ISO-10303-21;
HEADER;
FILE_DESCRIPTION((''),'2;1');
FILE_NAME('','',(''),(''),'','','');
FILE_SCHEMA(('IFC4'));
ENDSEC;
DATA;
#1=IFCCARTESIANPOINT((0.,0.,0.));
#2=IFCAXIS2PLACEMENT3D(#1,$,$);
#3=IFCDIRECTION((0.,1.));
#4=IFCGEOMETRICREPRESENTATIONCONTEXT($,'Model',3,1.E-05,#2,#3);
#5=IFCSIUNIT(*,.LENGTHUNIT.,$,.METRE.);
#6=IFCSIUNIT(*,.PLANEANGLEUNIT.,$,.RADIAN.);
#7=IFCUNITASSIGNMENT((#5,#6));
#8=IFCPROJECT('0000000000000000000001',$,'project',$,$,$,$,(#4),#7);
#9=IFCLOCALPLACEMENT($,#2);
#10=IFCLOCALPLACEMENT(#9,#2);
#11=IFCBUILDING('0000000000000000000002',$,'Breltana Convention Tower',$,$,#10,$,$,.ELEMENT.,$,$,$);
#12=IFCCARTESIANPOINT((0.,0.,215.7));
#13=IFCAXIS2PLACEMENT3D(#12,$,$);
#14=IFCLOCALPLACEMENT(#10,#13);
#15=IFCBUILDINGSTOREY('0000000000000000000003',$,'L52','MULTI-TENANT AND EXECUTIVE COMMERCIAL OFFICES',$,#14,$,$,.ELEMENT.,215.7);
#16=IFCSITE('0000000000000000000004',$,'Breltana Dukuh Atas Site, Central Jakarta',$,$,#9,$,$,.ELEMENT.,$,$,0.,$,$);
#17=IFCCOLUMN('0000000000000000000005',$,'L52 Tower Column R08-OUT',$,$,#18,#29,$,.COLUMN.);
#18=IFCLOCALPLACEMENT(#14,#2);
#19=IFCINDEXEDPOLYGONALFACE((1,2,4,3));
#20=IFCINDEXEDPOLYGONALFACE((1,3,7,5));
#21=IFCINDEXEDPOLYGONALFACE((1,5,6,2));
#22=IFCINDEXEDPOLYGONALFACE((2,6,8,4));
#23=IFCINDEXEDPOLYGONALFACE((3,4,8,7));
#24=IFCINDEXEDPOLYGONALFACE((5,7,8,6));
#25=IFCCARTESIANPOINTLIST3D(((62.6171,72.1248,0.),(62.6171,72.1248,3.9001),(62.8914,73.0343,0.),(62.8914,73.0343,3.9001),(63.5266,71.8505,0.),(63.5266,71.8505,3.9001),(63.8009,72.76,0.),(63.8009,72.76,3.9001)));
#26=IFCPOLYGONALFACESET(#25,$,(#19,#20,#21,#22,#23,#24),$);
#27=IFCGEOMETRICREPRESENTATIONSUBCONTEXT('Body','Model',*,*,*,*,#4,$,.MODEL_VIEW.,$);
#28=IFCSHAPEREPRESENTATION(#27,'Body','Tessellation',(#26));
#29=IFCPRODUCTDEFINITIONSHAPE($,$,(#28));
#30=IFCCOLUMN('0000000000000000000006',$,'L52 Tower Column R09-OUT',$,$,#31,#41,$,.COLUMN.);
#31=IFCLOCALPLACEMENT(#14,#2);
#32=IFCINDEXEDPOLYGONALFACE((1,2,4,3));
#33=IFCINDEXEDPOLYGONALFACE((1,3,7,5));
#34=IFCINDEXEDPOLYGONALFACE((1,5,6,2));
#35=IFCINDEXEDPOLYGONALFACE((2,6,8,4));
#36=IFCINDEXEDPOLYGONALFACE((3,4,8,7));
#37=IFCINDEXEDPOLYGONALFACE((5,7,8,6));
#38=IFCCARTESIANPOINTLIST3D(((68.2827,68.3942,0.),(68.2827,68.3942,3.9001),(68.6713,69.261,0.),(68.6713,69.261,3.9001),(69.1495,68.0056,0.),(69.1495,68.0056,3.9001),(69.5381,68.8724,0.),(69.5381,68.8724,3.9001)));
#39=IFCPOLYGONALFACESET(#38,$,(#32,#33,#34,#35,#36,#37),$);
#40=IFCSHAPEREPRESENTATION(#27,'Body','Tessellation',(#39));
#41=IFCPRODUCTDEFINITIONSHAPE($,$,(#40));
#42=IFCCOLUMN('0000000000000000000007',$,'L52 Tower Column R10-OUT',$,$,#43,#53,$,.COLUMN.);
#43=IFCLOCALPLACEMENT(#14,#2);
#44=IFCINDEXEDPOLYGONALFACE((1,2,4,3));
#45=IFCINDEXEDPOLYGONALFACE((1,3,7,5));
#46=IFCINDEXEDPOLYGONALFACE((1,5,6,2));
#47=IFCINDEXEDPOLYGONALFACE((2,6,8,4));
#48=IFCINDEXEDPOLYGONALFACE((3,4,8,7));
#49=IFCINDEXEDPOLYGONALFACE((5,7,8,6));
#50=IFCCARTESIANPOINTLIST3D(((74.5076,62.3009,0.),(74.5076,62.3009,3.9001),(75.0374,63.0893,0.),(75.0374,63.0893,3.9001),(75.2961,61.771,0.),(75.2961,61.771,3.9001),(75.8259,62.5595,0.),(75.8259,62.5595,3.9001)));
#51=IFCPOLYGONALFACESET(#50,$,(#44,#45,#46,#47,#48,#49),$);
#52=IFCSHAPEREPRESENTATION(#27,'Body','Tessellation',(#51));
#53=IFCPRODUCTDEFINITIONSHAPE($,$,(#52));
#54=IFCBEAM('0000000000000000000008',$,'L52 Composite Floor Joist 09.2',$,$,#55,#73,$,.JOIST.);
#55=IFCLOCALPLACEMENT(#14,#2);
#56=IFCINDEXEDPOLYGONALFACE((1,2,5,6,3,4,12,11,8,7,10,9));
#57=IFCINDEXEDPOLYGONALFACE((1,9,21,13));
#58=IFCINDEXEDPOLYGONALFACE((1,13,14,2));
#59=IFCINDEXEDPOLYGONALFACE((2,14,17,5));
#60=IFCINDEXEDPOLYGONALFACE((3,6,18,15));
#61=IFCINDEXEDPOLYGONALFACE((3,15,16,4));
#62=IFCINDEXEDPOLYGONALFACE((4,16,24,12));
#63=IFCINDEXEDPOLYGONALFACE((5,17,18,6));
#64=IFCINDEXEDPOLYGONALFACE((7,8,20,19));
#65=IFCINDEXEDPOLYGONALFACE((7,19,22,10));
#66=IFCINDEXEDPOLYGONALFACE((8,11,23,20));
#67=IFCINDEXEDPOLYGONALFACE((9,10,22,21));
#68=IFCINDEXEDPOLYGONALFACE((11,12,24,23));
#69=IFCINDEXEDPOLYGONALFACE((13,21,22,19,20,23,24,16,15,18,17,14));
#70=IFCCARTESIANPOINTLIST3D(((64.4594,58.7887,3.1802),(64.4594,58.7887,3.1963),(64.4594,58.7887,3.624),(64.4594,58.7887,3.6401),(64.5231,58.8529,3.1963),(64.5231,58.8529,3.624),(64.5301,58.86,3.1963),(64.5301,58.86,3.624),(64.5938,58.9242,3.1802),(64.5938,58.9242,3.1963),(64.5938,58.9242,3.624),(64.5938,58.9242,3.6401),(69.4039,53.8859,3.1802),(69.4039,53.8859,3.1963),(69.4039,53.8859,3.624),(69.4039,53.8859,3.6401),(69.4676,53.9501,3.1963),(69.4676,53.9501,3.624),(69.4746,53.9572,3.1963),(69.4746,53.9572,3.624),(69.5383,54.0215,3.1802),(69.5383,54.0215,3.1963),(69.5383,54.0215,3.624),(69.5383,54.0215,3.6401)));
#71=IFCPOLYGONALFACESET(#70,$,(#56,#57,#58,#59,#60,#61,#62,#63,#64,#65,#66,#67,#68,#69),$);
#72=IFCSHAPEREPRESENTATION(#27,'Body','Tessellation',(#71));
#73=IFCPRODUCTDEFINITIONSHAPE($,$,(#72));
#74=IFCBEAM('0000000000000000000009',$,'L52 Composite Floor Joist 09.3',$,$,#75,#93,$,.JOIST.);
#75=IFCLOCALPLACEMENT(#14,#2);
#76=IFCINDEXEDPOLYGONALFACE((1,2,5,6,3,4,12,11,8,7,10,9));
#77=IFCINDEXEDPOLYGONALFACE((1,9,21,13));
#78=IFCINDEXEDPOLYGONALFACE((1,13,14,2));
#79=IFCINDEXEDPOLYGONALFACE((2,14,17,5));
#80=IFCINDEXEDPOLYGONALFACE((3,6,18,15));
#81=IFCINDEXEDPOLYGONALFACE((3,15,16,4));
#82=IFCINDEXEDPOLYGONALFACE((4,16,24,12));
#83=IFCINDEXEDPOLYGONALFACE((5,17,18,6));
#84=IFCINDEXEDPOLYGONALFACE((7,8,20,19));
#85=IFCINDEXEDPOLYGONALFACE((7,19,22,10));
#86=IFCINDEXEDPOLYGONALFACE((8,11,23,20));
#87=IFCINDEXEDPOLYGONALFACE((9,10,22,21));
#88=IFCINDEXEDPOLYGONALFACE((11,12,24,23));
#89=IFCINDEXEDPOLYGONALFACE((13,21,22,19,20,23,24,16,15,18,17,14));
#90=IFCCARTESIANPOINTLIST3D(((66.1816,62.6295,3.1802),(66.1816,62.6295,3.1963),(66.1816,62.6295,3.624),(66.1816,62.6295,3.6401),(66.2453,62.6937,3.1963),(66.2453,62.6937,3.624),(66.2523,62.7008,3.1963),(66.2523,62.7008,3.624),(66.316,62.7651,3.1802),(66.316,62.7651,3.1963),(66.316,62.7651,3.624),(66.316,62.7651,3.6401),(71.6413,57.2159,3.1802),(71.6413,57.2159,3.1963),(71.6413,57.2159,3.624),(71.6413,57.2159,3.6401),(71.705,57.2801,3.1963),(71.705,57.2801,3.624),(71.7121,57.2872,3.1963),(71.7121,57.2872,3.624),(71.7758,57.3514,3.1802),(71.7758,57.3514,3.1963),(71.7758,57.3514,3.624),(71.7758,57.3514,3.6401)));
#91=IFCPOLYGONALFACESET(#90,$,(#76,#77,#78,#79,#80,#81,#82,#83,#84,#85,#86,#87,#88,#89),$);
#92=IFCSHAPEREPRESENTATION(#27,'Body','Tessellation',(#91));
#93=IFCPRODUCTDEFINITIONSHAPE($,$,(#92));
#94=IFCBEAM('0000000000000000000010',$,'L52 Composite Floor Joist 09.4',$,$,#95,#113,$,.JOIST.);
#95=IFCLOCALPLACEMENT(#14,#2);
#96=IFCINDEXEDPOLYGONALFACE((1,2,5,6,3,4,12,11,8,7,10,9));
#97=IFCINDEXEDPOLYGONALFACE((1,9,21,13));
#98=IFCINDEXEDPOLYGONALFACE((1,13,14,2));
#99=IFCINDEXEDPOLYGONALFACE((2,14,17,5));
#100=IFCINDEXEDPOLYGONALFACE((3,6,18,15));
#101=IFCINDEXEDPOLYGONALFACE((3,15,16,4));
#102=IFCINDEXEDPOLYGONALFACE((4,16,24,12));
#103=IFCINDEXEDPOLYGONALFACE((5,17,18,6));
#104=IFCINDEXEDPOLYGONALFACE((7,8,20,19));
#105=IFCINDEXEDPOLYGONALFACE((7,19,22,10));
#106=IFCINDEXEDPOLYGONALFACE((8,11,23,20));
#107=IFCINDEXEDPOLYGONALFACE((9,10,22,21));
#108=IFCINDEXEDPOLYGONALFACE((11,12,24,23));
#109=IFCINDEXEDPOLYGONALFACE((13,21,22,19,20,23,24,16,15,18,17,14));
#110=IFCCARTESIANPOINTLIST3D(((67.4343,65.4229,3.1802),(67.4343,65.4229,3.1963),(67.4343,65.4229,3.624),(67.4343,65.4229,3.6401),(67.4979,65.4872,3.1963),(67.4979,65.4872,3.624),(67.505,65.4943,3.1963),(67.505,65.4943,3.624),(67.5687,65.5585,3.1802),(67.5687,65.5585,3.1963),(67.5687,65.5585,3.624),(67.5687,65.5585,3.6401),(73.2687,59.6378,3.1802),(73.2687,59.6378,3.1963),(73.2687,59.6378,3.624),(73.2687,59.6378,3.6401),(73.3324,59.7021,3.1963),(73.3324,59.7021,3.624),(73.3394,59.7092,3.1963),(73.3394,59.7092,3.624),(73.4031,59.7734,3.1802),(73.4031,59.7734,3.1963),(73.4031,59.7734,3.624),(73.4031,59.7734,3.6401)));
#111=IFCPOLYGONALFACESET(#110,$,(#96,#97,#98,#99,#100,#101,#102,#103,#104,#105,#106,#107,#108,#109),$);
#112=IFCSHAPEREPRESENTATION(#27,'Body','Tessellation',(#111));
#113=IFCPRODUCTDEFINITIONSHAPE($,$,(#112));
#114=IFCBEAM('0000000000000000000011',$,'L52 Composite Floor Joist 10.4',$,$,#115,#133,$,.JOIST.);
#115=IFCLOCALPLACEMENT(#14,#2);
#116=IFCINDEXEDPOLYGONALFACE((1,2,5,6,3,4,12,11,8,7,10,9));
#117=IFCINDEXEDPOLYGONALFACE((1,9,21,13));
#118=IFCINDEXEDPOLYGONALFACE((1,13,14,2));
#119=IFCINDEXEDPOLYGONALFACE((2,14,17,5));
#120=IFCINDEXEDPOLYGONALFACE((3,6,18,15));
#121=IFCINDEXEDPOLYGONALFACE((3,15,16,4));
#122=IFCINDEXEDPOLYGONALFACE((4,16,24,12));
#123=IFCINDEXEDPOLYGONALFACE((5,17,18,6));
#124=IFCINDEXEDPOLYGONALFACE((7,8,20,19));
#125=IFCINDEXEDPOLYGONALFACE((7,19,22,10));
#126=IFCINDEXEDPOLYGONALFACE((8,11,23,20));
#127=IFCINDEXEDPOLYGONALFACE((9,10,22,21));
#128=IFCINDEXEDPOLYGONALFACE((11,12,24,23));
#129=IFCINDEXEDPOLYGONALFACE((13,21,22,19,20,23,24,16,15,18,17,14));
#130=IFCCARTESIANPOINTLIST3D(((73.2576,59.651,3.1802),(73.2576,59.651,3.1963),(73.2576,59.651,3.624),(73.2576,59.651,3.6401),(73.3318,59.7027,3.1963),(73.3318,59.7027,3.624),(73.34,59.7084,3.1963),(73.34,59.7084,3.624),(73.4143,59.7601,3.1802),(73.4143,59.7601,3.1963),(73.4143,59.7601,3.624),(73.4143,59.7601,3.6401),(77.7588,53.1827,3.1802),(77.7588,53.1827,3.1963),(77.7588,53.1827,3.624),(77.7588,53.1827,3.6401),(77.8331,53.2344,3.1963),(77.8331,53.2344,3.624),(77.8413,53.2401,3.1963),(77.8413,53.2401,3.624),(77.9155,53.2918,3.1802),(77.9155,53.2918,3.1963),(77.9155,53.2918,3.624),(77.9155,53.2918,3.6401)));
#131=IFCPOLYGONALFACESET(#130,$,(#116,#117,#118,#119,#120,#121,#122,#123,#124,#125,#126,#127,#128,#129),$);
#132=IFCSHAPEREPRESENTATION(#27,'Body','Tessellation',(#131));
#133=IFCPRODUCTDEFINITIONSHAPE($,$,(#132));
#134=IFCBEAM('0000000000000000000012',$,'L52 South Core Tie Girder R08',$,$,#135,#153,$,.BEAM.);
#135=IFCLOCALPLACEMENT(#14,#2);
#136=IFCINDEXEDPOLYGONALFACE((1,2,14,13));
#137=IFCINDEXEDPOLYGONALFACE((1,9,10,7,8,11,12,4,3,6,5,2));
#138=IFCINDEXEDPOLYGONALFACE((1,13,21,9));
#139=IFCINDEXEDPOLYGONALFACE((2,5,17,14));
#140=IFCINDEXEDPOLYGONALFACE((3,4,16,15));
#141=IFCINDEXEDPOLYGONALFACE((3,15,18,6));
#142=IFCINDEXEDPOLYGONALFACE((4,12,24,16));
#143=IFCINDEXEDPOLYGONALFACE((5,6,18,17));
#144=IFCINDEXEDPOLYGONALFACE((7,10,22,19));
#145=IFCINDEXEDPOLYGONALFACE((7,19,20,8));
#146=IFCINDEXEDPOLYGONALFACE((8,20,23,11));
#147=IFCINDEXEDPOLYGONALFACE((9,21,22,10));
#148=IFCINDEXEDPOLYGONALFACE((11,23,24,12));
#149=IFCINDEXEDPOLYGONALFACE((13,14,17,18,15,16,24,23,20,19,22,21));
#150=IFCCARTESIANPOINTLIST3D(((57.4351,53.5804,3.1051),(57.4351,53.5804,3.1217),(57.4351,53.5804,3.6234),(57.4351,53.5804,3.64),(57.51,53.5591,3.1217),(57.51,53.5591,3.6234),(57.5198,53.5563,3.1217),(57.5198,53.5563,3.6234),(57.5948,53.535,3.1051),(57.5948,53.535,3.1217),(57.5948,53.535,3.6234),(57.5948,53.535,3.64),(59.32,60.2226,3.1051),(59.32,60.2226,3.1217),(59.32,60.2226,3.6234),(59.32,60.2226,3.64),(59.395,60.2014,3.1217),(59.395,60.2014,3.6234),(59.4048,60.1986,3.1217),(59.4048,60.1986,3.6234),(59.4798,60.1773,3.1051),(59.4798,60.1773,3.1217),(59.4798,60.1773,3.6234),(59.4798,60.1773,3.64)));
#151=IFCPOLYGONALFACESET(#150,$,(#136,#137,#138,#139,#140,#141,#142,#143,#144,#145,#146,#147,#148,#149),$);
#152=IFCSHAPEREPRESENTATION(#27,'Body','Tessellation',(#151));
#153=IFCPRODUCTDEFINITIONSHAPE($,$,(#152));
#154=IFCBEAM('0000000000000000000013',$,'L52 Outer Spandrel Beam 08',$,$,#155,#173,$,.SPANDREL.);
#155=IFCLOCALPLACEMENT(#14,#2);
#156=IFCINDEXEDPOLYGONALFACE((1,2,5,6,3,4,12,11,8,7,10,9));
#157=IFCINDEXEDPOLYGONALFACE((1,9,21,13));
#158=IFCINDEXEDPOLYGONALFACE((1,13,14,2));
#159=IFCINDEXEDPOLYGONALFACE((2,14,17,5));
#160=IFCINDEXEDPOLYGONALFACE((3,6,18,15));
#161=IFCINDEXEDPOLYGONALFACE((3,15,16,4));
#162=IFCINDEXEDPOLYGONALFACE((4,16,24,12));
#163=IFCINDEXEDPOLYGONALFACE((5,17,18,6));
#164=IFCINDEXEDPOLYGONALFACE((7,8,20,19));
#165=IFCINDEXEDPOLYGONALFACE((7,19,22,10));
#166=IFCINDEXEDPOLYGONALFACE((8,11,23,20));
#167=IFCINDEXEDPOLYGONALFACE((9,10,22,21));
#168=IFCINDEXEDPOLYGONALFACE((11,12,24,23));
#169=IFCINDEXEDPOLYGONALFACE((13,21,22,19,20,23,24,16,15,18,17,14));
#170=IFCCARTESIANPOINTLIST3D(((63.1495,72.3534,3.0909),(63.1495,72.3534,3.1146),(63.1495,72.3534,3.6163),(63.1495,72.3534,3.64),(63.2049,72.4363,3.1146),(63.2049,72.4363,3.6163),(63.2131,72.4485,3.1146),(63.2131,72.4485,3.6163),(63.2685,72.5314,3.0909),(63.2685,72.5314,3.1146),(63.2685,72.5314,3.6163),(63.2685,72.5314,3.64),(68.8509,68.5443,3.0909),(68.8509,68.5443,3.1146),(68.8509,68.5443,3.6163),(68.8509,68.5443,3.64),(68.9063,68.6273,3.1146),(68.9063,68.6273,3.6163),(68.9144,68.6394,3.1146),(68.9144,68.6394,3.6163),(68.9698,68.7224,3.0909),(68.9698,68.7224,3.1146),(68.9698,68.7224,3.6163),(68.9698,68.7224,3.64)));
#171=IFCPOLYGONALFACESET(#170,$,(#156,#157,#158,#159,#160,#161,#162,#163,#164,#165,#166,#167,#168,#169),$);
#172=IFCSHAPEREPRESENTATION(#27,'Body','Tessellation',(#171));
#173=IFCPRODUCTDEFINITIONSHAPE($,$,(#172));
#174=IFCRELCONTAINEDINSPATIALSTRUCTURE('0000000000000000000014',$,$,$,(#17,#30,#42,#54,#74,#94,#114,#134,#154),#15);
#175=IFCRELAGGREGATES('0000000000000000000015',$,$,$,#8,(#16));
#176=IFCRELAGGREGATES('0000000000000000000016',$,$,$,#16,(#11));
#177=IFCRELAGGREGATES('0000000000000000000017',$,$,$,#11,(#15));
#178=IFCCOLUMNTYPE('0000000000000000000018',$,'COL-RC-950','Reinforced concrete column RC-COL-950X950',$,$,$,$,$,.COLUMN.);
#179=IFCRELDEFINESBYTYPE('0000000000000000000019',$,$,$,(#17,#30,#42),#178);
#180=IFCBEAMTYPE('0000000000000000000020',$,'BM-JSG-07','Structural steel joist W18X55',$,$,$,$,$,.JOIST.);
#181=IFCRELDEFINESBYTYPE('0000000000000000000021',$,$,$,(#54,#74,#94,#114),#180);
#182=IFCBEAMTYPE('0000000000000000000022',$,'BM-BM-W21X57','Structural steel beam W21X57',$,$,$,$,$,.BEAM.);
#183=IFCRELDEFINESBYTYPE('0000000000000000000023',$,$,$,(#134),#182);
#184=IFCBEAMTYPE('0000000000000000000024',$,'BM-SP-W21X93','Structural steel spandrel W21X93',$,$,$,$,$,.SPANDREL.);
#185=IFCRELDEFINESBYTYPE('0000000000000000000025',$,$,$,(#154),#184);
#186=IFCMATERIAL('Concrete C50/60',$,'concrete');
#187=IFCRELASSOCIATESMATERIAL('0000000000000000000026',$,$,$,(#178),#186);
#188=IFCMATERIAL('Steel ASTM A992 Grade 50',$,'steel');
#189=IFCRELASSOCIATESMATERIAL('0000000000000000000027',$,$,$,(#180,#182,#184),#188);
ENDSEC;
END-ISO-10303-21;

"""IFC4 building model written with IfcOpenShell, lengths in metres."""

from ifc_helpers import new_model, si_unit, direction, frame, origin, origin_2d, place, context, subcontext, project, spatial, rectangle, i_section, extrude, source, transform, mapped, material, material_profile, profile_set, type_object, type_shapes, element, save


model = new_model("IFC4")

# Units and contexts
model_context = context("Model", 3, precision=1e-05, world=origin(), true_north=direction((0.0, 1.0)))
body_context = subcontext(model_context, "Body", "Model", "MODEL_VIEW")
ifc_project = project(units=[si_unit("LENGTHUNIT", "METRE"), si_unit("PLANEANGLEUNIT", "RADIAN")], contexts=[model_context])

# Site, building, storey
site_placement = place(None, origin())
site = spatial("IfcSite", under=ifc_project, at=site_placement, Name="Breltana Dukuh Atas Site, Central Jakarta", CompositionType="ELEMENT", RefElevation=0.0)
building_placement = place(site_placement, origin())
building = spatial("IfcBuilding", under=site, at=building_placement, Name="Breltana Convention Tower", CompositionType="ELEMENT")
storey_placement = place(building_placement, frame((0.0, 0.0, 215.7)))
storey = spatial("IfcBuildingStorey", under=building, at=storey_placement, Name="L52", Description="MULTI-TENANT AND EXECUTIVE COMMERCIAL OFFICES", CompositionType="ELEMENT", Elevation=215.7)

# Columns
ifc_material_1 = material(Name="Concrete C50/60", Category="concrete")
ifc_material_profile_1 = material_profile(ifc_material_1, rectangle(XDim=0.95, YDim=0.95, at=origin_2d()), Name="RC-COL-950X950")
ifc_profile_set_1 = profile_set([ifc_material_profile_1], Name="Concrete C50/60")
column_type = type_object("IfcColumnType", Name="COL-RC-950", Description="Reinforced concrete column RC-COL-950X950", PredefinedType="COLUMN", material=ifc_profile_set_1)
shared_shape_1 = source(origin(), body_context, "Body", "SweptSolid", [
    extrude(rectangle(XDim=0.95, YDim=0.95, at=origin_2d()), origin(), (0.0, 0.0, 1.0), 3.9001),
])
for number, where, z_axis, x_axis, name in (
    (1, (63.209, 72.4424, 0.0), (0.0, 0.0, 1.0), (0.288698, 0.95742, 0.0), "L52 Tower Column R08-OUT"),
    (2, (68.9104, 68.6333, 0.0), (0.0, 0.0, 1.0), (0.409127, 0.912477, 0.0), "L52 Tower Column R09-OUT"),
    (3, (75.1667, 62.4302, 0.0), (0.0, 0.0, 1.0), (0.557745, 0.830012, 0.0), "L52 Tower Column R10-OUT"),
):
    element("IfcColumn", number, at=place(storey_placement, frame(where, z_axis=z_axis, x_axis=x_axis)), inside=storey, type_object=column_type, Name=name, PredefinedType="COLUMN", context=body_context, shape_type="MappedRepresentation", body=[
        mapped(shared_shape_1, transform((0.0, 0.0, 0.0), scale=1.0)),
    ])

# Beams
ifc_material_2 = material(Name="Steel ASTM A992 Grade 50", Category="steel")
ifc_material_profile_2 = material_profile(ifc_material_2, i_section(OverallWidth=0.1909, OverallDepth=0.46, WebThickness=0.01, FlangeThickness=0.0161, at=origin_2d()), Name="W18X55")
ifc_profile_set_2 = profile_set([ifc_material_profile_2], Name="Steel ASTM A992 Grade 50")
beam_type_1 = type_object("IfcBeamType", Name="BM-JSG-07", Description="Structural steel joist W18X55", PredefinedType="JOIST", material=ifc_profile_set_2)
shared_shape_2 = source(origin(), body_context, "Body", "SweptSolid", [
    extrude(i_section(OverallWidth=0.1909, OverallDepth=0.46, WebThickness=0.01, FlangeThickness=0.0161, at=origin_2d()), origin(), (0.0, 0.0, 1.0), 6.9631),
])
beam_1_placement = place(storey_placement, frame((64.5266, 58.8564, 3.4102), z_axis=(0.710098, -0.704103, 0.0), x_axis=(0.704103, 0.710098, 0.0)))
element("IfcBeam", 4, at=beam_1_placement, inside=storey, type_object=beam_type_1, Name="L52 Composite Floor Joist 09.2", PredefinedType="JOIST", context=body_context, shape_type="MappedRepresentation", body=[
    mapped(shared_shape_2, transform((0.0, 0.0, 0.0), scale=1.0)),
])
shared_shape_3 = source(origin(), body_context, "Body", "SweptSolid", [
    extrude(i_section(OverallWidth=0.1909, OverallDepth=0.46, WebThickness=0.01, FlangeThickness=0.0161, at=origin_2d()), origin(), (0.0, 0.0, 1.0), 7.6887),
])
beam_2_placement = place(storey_placement, frame((66.2488, 62.6973, 3.4102), z_axis=(0.710101, -0.7041, 0.0), x_axis=(0.7041, 0.710101, 0.0)))
element("IfcBeam", 5, at=beam_2_placement, inside=storey, type_object=beam_type_1, Name="L52 Composite Floor Joist 09.3", PredefinedType="JOIST", context=body_context, shape_type="MappedRepresentation", body=[
    mapped(shared_shape_3, transform((0.0, 0.0, 0.0), scale=1.0)),
])
shared_shape_4 = source(origin(), body_context, "Body", "SweptSolid", [
    extrude(i_section(OverallWidth=0.1909, OverallDepth=0.46, WebThickness=0.01, FlangeThickness=0.0161, at=origin_2d()), origin(), (0.0, 0.0, 1.0), 8.2163),
])
beam_3_placement = place(storey_placement, frame((67.5015, 65.4907, 3.4102), z_axis=(0.710102, -0.704099, 0.0), x_axis=(0.704099, 0.710102, 0.0)))
element("IfcBeam", 6, at=beam_3_placement, inside=storey, type_object=beam_type_1, Name="L52 Composite Floor Joist 09.4", PredefinedType="JOIST", context=body_context, shape_type="MappedRepresentation", body=[
    mapped(shared_shape_4, transform((0.0, 0.0, 0.0), scale=1.0)),
])
shared_shape_5 = source(origin(), body_context, "Body", "SweptSolid", [
    extrude(i_section(OverallWidth=0.1909, OverallDepth=0.46, WebThickness=0.01, FlangeThickness=0.0161, at=origin_2d()), origin(), (0.0, 0.0, 1.0), 7.8804),
])
beam_4_placement = place(storey_placement, frame((73.3359, 59.7056, 3.4102), z_axis=(0.571198, -0.820812, 0.0), x_axis=(0.820812, 0.571198, 0.0)))
element("IfcBeam", 7, at=beam_4_placement, inside=storey, type_object=beam_type_1, Name="L52 Composite Floor Joist 10.4", PredefinedType="JOIST", context=body_context, shape_type="MappedRepresentation", body=[
    mapped(shared_shape_5, transform((0.0, 0.0, 0.0), scale=1.0)),
])
ifc_material_profile_3 = material_profile(ifc_material_2, i_section(OverallWidth=0.166, OverallDepth=0.5349, WebThickness=0.0103, FlangeThickness=0.0166, at=origin_2d()), Name="W21X57")
ifc_profile_set_3 = profile_set([ifc_material_profile_3], Name="Steel ASTM A992 Grade 50")
beam_type_2 = type_object("IfcBeamType", Name="BM-BM-W21X57", Description="Structural steel beam W21X57", PredefinedType="BEAM", material=ifc_profile_set_3)
shared_shape_6 = source(origin(), body_context, "Body", "SweptSolid", [
    extrude(i_section(OverallWidth=0.166, OverallDepth=0.5349, WebThickness=0.0103, FlangeThickness=0.0166, at=origin_2d()), origin(), (0.0, 0.0, 1.0), 6.9045),
])
type_shapes(beam_type_2, [shared_shape_6])
beam_5_placement = place(storey_placement, frame((59.3999, 60.2, 3.3726), z_axis=(-0.273007, -0.962012, 0.0), x_axis=(0.962012, -0.273007, 0.0)))
element("IfcBeam", 8, at=beam_5_placement, inside=storey, type_object=beam_type_2, Name="L52 South Core Tie Girder R08", PredefinedType="BEAM", context=body_context, shape_type="MappedRepresentation", body=[
    mapped(shared_shape_6, transform((0.0, 0.0, 0.0), scale=1.0)),
])
ifc_material_profile_4 = material_profile(ifc_material_2, i_section(OverallWidth=0.2141, OverallDepth=0.5491, WebThickness=0.0146, FlangeThickness=0.0237, at=origin_2d()), Name="W21X93")
ifc_profile_set_4 = profile_set([ifc_material_profile_4], Name="Steel ASTM A992 Grade 50")
beam_type_3 = type_object("IfcBeamType", Name="BM-SP-W21X93", Description="Structural steel spandrel W21X93", PredefinedType="SPANDREL", material=ifc_profile_set_4)
shared_shape_7 = source(origin(), body_context, "Body", "SweptSolid", [
    extrude(i_section(OverallWidth=0.2141, OverallDepth=0.5491, WebThickness=0.0146, FlangeThickness=0.0237, at=origin_2d()), origin(), (0.0, 0.0, 1.0), 6.8567),
])
beam_6_placement = place(storey_placement, frame((63.209, 72.4424, 3.3655), z_axis=(0.831502, -0.555522, 0.0), x_axis=(0.555522, 0.831502, 0.0)))
element("IfcBeam", 9, at=beam_6_placement, inside=storey, type_object=beam_type_3, Name="L52 Outer Spandrel Beam 08", PredefinedType="SPANDREL", context=body_context, shape_type="MappedRepresentation", body=[
    mapped(shared_shape_7, transform((0.0, 0.0, 0.0), scale=1.0)),
])

save(model, "model.ifc")
